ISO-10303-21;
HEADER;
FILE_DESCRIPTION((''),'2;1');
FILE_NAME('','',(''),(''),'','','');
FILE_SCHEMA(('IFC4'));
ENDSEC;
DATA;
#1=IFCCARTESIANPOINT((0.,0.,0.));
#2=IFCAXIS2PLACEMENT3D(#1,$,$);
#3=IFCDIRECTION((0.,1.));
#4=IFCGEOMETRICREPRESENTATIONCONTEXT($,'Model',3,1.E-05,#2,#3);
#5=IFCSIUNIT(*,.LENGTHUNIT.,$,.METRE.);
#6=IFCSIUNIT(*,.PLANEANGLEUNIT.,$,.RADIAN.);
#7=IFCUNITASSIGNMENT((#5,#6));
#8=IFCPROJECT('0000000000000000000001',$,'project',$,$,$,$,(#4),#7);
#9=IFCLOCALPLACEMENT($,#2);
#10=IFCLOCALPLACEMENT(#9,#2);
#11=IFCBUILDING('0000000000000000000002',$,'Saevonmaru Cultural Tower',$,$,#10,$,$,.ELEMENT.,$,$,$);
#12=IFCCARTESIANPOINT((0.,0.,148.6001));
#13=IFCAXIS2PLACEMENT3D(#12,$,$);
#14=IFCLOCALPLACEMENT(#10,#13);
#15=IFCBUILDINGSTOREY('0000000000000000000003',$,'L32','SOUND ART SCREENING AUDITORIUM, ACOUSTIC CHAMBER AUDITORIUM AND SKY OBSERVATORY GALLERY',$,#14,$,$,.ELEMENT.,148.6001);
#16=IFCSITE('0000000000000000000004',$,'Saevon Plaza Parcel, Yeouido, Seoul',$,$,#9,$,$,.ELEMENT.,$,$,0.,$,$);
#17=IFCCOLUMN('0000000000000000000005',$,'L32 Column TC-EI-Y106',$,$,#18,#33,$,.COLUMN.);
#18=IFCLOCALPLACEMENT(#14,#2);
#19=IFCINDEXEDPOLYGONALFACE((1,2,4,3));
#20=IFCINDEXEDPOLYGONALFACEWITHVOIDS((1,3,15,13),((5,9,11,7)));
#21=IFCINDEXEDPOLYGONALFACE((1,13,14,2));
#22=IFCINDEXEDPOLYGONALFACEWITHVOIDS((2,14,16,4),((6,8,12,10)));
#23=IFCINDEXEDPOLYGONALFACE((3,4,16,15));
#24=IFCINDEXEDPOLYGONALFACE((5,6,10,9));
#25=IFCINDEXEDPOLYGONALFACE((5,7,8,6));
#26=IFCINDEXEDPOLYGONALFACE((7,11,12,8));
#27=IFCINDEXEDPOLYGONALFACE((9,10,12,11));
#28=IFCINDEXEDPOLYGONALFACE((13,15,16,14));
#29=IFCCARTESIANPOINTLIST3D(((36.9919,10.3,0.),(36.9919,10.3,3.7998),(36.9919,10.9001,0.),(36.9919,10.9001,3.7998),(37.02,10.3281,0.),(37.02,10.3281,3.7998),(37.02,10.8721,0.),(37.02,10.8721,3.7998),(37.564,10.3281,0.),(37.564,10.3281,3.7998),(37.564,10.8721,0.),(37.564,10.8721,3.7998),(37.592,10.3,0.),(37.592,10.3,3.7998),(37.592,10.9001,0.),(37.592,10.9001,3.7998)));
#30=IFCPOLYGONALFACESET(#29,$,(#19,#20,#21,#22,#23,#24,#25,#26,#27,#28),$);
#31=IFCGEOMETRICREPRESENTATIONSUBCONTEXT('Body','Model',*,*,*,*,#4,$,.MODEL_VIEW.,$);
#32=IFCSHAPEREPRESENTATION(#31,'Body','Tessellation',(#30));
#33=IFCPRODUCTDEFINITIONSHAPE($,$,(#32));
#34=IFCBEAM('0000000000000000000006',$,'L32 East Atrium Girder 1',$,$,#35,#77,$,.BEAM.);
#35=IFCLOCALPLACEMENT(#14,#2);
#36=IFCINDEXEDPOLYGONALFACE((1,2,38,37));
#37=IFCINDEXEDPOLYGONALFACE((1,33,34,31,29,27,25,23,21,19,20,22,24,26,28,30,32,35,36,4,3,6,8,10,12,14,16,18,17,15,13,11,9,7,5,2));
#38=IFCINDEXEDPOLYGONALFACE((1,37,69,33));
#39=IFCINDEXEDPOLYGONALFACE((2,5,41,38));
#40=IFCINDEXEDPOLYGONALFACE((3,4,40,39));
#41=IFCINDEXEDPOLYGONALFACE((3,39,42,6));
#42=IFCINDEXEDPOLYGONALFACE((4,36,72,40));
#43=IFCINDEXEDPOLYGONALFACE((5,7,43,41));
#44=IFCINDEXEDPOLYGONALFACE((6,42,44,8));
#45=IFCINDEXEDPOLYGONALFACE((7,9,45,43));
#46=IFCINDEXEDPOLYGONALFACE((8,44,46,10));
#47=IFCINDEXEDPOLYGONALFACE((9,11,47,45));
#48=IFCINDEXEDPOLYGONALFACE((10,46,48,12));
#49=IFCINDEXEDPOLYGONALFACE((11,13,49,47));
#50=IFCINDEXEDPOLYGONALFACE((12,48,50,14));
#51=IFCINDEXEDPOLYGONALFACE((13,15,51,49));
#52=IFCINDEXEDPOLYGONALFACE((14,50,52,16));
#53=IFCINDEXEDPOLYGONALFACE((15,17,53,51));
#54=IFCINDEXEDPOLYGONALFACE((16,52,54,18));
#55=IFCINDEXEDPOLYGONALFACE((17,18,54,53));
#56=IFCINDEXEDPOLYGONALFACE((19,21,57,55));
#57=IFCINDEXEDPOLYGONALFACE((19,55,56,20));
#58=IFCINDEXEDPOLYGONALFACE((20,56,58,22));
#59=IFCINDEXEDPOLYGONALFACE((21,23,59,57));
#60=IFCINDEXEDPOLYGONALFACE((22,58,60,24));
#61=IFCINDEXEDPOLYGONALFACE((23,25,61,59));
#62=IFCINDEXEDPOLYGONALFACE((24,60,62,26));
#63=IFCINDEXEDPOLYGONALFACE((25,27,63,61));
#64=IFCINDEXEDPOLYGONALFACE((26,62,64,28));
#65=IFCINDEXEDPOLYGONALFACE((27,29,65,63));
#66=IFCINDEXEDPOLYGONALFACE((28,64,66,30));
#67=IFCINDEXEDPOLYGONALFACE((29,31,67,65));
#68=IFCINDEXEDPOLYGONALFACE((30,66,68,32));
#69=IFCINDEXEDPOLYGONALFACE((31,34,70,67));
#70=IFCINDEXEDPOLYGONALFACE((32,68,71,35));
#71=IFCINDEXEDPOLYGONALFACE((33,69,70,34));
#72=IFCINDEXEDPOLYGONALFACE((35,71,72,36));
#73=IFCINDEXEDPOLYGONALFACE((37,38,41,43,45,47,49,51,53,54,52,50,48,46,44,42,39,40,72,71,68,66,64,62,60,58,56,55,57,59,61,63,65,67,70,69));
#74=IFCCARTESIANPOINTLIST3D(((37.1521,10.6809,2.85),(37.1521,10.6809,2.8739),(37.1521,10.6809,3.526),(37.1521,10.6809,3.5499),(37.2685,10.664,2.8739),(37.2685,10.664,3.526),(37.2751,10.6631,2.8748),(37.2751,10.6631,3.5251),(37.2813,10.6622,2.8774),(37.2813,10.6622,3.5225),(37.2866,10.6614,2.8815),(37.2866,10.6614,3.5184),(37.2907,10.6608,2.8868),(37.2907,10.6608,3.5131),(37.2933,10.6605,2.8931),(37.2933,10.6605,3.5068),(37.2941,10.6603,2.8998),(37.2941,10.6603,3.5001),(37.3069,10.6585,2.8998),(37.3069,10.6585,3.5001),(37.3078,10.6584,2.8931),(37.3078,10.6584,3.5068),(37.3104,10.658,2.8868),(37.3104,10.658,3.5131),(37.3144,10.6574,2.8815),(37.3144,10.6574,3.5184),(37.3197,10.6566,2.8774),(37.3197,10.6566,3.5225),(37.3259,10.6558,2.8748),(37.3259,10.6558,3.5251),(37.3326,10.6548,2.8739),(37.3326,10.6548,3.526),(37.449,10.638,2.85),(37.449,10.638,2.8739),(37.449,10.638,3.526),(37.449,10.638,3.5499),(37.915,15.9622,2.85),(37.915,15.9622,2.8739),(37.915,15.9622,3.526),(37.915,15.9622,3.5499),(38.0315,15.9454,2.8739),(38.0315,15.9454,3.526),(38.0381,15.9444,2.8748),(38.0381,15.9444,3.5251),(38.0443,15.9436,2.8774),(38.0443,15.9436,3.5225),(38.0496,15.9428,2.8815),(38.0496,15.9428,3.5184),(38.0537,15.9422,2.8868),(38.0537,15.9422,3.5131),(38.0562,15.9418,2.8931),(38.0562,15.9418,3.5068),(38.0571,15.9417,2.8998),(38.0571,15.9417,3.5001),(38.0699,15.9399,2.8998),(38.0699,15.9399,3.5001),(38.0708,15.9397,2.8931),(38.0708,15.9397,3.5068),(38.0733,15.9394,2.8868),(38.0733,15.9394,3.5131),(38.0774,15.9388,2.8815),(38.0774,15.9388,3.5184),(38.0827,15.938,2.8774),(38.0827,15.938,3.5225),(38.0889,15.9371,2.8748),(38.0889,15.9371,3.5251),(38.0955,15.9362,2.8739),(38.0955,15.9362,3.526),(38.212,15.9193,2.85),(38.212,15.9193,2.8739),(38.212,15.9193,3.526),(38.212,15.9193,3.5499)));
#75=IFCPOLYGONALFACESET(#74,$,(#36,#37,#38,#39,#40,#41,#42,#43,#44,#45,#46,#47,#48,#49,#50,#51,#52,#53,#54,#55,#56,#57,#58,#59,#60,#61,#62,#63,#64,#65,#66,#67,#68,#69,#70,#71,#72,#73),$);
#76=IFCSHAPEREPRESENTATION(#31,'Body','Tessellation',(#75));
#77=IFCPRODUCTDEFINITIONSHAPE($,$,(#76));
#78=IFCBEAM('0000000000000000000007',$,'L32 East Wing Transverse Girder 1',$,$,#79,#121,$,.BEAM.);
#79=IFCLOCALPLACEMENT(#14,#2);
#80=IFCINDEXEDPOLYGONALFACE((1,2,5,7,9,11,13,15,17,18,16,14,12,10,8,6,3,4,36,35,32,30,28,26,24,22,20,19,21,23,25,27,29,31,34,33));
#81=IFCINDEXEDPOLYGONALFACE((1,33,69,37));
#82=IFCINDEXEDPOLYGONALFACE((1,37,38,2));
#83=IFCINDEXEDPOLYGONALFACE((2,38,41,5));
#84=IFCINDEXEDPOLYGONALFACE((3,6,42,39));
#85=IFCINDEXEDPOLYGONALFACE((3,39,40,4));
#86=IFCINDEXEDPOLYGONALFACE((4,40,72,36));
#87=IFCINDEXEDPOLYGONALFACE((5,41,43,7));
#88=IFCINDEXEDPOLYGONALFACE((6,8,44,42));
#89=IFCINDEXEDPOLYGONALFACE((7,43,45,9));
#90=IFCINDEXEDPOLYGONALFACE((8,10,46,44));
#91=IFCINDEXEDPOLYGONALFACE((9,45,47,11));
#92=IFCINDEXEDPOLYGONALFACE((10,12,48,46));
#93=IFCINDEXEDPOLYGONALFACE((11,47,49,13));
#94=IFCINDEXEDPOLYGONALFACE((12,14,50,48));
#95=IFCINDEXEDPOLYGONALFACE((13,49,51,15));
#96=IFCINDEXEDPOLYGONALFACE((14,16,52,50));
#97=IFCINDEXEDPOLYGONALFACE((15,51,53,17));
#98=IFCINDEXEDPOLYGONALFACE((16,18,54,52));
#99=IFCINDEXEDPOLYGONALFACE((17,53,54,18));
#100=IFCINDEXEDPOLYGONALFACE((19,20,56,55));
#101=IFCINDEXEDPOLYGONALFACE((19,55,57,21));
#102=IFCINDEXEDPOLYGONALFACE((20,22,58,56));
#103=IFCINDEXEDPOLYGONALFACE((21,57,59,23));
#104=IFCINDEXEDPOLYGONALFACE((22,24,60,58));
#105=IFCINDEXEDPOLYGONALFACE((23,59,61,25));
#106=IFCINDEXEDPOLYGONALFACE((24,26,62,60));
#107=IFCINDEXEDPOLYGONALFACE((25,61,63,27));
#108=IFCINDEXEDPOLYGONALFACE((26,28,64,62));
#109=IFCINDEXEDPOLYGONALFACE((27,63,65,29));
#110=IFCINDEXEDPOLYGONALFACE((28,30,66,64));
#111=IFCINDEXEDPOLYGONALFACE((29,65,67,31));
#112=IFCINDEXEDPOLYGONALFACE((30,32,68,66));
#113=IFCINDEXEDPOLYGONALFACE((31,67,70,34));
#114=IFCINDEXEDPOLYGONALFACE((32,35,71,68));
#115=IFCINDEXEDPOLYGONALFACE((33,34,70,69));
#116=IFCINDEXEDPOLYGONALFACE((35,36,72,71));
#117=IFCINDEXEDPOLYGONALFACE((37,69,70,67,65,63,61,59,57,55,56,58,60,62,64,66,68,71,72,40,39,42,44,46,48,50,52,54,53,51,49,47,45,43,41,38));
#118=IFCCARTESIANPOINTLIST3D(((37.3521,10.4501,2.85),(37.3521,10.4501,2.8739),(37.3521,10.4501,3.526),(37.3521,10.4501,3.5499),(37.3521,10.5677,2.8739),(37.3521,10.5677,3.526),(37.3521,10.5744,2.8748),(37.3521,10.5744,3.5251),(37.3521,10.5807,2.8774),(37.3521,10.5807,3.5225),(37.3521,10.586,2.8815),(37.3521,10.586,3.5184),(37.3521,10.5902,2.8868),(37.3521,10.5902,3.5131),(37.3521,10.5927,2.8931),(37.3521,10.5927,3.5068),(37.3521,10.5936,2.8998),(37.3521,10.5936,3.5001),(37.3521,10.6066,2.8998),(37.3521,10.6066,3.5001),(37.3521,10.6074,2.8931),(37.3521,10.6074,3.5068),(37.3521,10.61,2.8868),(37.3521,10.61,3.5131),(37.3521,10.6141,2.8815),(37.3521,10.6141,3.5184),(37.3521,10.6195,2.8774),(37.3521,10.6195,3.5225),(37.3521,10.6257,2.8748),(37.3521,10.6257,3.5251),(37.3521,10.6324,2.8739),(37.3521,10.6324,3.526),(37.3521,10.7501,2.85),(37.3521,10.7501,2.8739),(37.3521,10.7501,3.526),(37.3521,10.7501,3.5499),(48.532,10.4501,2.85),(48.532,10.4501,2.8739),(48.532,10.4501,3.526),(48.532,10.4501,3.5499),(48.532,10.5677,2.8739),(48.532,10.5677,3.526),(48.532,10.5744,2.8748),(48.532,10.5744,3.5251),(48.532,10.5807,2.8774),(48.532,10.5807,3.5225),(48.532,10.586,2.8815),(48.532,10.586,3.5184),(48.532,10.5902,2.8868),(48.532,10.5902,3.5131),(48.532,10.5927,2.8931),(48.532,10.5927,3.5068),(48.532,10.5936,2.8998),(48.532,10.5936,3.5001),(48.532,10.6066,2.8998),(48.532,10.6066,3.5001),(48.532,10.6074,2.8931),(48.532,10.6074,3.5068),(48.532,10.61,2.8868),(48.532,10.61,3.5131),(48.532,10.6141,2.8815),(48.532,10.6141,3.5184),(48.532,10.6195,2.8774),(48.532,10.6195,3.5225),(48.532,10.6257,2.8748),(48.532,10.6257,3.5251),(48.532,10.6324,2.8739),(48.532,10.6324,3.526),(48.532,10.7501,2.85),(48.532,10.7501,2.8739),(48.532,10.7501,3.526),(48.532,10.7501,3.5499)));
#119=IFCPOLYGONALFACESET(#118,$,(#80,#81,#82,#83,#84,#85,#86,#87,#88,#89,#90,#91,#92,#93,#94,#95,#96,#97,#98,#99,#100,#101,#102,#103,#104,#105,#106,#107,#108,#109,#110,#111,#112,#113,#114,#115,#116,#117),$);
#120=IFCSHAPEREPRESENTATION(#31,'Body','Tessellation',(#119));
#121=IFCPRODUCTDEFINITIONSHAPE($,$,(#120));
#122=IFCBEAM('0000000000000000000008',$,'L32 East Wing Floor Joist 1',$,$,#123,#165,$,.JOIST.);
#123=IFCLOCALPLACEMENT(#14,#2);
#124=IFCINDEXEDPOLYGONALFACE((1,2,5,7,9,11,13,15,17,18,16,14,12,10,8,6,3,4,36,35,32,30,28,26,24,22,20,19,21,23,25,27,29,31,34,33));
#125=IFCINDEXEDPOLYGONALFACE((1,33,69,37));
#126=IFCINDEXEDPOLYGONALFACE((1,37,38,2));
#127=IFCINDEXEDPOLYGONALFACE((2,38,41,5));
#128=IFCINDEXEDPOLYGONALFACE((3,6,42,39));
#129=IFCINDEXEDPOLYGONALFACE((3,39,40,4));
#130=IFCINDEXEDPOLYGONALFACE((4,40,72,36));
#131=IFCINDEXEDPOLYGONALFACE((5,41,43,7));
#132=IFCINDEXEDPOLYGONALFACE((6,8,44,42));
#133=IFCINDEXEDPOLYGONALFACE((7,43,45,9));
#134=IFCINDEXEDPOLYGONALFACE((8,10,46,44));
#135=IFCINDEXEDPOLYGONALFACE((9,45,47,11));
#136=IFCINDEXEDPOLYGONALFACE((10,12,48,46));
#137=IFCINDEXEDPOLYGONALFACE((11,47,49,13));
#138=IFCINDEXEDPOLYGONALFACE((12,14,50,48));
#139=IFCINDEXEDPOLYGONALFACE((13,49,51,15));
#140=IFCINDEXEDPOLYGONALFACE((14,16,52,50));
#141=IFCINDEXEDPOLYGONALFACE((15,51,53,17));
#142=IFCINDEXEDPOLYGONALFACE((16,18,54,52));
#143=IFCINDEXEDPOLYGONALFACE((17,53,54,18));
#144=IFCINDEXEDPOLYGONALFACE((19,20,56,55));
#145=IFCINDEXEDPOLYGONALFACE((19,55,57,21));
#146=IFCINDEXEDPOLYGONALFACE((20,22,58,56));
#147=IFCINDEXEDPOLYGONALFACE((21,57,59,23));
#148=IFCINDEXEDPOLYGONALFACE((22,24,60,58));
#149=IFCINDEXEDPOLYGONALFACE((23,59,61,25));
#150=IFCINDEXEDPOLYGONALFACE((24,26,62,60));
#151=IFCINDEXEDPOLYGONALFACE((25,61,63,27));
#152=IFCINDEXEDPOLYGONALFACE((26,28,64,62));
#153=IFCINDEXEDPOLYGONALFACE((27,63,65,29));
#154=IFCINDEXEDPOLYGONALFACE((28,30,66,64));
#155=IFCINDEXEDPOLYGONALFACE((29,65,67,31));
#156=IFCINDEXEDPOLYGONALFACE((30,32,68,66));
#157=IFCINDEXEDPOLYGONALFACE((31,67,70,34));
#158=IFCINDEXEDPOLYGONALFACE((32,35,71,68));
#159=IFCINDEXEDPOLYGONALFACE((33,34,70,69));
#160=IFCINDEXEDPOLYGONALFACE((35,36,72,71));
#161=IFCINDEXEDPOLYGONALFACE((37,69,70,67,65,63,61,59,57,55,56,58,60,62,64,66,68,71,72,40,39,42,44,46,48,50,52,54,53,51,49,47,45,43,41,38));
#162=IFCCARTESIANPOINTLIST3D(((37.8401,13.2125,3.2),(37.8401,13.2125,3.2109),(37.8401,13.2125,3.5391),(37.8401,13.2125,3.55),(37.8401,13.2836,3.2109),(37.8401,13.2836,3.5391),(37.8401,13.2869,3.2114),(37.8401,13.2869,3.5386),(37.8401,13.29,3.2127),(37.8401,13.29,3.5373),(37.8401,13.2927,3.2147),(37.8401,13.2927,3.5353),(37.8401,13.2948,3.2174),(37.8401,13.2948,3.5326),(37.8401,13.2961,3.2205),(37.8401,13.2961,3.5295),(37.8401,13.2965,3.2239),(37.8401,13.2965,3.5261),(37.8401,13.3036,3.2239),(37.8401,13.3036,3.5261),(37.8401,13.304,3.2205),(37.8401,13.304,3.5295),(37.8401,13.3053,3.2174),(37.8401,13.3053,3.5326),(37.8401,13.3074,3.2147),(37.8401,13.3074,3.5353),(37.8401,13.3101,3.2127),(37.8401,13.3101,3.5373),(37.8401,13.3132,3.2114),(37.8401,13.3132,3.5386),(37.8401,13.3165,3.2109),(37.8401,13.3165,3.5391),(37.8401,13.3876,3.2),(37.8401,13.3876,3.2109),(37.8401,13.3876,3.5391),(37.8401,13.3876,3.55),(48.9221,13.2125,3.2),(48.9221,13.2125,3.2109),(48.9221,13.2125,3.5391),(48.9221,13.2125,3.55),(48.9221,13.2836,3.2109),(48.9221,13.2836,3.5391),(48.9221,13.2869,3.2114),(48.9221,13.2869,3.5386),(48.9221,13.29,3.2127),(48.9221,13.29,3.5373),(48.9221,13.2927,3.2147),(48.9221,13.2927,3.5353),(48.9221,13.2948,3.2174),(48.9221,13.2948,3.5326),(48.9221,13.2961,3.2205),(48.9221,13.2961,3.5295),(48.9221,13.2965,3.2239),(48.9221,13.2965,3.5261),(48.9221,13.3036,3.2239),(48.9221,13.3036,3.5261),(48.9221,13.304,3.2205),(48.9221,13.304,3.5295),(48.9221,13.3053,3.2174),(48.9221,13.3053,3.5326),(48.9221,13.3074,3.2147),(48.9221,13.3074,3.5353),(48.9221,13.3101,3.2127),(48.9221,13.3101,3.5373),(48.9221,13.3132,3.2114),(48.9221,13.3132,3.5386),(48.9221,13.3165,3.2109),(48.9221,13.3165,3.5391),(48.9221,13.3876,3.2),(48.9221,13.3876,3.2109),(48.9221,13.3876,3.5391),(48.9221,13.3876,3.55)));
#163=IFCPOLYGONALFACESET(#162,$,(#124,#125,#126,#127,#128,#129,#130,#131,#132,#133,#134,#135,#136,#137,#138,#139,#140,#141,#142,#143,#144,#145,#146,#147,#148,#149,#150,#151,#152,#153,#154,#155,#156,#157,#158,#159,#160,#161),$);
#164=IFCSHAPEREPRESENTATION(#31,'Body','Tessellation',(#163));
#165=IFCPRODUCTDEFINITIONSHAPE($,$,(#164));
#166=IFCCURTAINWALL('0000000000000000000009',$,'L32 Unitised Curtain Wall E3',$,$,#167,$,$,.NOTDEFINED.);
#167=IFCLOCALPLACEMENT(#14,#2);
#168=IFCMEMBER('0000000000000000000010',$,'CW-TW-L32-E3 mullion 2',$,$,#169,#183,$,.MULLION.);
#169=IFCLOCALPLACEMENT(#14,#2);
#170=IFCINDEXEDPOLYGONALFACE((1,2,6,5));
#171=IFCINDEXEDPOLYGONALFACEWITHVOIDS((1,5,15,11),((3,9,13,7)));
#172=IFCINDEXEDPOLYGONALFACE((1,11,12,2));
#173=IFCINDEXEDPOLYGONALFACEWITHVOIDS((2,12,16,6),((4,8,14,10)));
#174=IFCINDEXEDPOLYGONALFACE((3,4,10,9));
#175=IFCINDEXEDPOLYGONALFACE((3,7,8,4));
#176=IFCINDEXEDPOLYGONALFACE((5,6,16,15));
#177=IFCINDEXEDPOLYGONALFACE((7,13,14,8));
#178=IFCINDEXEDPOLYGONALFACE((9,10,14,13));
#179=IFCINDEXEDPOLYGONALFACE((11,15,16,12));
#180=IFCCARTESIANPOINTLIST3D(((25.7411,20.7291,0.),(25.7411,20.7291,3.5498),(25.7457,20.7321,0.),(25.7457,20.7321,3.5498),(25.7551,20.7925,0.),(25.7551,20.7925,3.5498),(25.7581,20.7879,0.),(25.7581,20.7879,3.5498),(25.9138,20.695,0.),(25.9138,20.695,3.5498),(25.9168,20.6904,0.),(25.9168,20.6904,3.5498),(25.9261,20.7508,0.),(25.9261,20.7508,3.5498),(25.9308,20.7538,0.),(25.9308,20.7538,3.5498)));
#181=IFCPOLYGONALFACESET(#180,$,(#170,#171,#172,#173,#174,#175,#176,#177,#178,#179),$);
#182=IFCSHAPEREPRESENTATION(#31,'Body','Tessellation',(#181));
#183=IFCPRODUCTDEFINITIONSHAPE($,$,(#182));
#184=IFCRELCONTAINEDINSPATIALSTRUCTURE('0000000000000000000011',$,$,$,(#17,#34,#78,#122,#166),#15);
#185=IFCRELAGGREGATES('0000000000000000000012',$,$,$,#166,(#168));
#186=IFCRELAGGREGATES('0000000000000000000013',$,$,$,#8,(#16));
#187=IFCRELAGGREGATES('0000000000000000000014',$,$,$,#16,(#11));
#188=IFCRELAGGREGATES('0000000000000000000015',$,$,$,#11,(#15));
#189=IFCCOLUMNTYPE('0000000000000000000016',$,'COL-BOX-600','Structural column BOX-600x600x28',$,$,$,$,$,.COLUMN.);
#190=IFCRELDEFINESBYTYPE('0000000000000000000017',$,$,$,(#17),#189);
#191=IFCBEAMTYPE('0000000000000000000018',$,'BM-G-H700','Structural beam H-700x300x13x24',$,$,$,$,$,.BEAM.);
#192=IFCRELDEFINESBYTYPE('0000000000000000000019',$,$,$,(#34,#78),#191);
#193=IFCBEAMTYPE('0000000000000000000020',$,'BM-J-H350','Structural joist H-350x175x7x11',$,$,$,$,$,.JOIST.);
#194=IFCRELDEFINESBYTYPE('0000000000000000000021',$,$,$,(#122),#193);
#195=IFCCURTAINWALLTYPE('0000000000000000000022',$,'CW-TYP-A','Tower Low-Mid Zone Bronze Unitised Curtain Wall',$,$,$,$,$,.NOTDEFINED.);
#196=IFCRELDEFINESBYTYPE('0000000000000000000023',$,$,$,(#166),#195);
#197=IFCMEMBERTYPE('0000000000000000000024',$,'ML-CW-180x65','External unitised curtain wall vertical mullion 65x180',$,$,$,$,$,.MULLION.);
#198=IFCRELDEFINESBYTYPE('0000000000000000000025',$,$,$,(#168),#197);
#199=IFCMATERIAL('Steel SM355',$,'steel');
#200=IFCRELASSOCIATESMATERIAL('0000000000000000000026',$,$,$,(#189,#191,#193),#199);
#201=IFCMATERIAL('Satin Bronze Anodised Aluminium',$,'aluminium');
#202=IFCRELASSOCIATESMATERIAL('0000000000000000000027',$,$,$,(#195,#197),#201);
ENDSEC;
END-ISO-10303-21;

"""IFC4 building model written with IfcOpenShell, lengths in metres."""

from ifc_helpers import new_model, si_unit, direction, frame, origin, origin_2d, place, context, subcontext, project, spatial, hollow_rectangle, i_section, extrude, material, material_profile, profile_set, type_object, element, aggregate, save


model = new_model("IFC4")

# Units and contexts
model_context = context("Model", 3, precision=1e-05, world=origin(), true_north=direction((0.0, 1.0)))
body_context = subcontext(model_context, "Body", "Model", "MODEL_VIEW")
ifc_project = project(units=[si_unit("LENGTHUNIT", "METRE"), si_unit("PLANEANGLEUNIT", "RADIAN")], contexts=[model_context])

# Site, building, storey
site_placement = place(None, origin())
site = spatial("IfcSite", under=ifc_project, at=site_placement, Name="Saevon Plaza Parcel, Yeouido, Seoul", CompositionType="ELEMENT", RefElevation=0.0)
building_placement = place(site_placement, origin())
building = spatial("IfcBuilding", under=site, at=building_placement, Name="Saevonmaru Cultural Tower", CompositionType="ELEMENT")
storey_placement = place(building_placement, frame((0.0, 0.0, 148.6001)))
storey = spatial("IfcBuildingStorey", under=building, at=storey_placement, Name="L32", Description="SOUND ART SCREENING AUDITORIUM, ACOUSTIC CHAMBER AUDITORIUM AND SKY OBSERVATORY GALLERY", CompositionType="ELEMENT", Elevation=148.6001)

# Column
ifc_material_1 = material(Name="Steel SM355", Category="steel")
ifc_material_profile_1 = material_profile(ifc_material_1, hollow_rectangle(XDim=0.6001, YDim=0.6001, WallThickness=0.0281, at=origin_2d()), Name="BOX-600x600x28")
ifc_profile_set_1 = profile_set([ifc_material_profile_1], Name="Steel SM355")
column_type = type_object("IfcColumnType", Name="COL-BOX-600", Description="Structural column BOX-600x600x28", PredefinedType="COLUMN", material=ifc_profile_set_1)
column_placement = place(storey_placement, frame((37.292, 10.6001, 0.0), z_axis=(0.0, 0.0, 1.0), x_axis=(1.0, 0.0, 0.0)))
element("IfcColumn", 1, at=column_placement, inside=storey, type_object=column_type, Name="L32 Column TC-EI-Y106", PredefinedType="COLUMN", context=body_context, shape_type="SweptSolid", body=[
    extrude(hollow_rectangle(XDim=0.6001, YDim=0.6001, WallThickness=0.0281, at=origin_2d()), origin(), (0.0, 0.0, 1.0), 3.7998),
])

# Beams
ifc_material_profile_2 = material_profile(ifc_material_1, i_section(OverallWidth=0.3, OverallDepth=0.7, WebThickness=0.0129, FlangeThickness=0.0239, FilletRadius=0.0259, at=origin_2d()), Name="H-700x300x13x24")
ifc_profile_set_2 = profile_set([ifc_material_profile_2], Name="Steel SM355")
beam_type_1 = type_object("IfcBeamType", Name="BM-G-H700", Description="Structural beam H-700x300x13x24", PredefinedType="BEAM", material=ifc_profile_set_2)
beam_1_placement = place(storey_placement, frame((37.3005, 10.6594, 3.2), z_axis=(0.142978, 0.989726, 0.0), x_axis=(-0.989726, 0.142978, 0.0)))
element("IfcBeam", 2, at=beam_1_placement, inside=storey, type_object=beam_type_1, Name="L32 East Atrium Girder 1", PredefinedType="BEAM", context=body_context, shape_type="SweptSolid", body=[
    extrude(i_section(OverallWidth=0.3, OverallDepth=0.7, WebThickness=0.0129, FlangeThickness=0.0239, FilletRadius=0.0259, at=origin_2d()), origin(), (0.0, 0.0, 1.0), 5.3362),
])
beam_2_placement = place(storey_placement, frame((37.3521, 10.6001, 3.2), z_axis=(1.0, 0.0, 0.0), x_axis=(0.0, 1.0, 0.0)))
element("IfcBeam", 3, at=beam_2_placement, inside=storey, type_object=beam_type_1, Name="L32 East Wing Transverse Girder 1", PredefinedType="BEAM", context=body_context, shape_type="SweptSolid", body=[
    extrude(i_section(OverallWidth=0.3, OverallDepth=0.7, WebThickness=0.0129, FlangeThickness=0.0239, FilletRadius=0.0259, at=origin_2d()), origin(), (0.0, 0.0, 1.0), 11.1799),
])
ifc_material_profile_3 = material_profile(ifc_material_1, i_section(OverallWidth=0.175, OverallDepth=0.3501, WebThickness=0.0071, FlangeThickness=0.011, FilletRadius=0.0129, at=origin_2d()), Name="H-350x175x7x11")
ifc_profile_set_3 = profile_set([ifc_material_profile_3], Name="Steel SM355")
beam_type_2 = type_object("IfcBeamType", Name="BM-J-H350", Description="Structural joist H-350x175x7x11", PredefinedType="JOIST", material=ifc_profile_set_3)
beam_3_placement = place(storey_placement, frame((37.8401, 13.3, 3.375), z_axis=(1.0, 0.0, 0.0), x_axis=(0.0, 1.0, 0.0)))
element("IfcBeam", 4, at=beam_3_placement, inside=storey, type_object=beam_type_2, Name="L32 East Wing Floor Joist 1", PredefinedType="JOIST", context=body_context, shape_type="SweptSolid", body=[
    extrude(i_section(OverallWidth=0.175, OverallDepth=0.3501, WebThickness=0.0071, FlangeThickness=0.011, FilletRadius=0.0129, at=origin_2d()), origin(), (0.0, 0.0, 1.0), 11.082),
])

# Curtain wall, member
ifc_material_2 = material(Name="Satin Bronze Anodised Aluminium", Category="aluminium")
curtain_wall_type_1 = type_object("IfcCurtainWallType", Name="CW-TYP-A", Description="Tower Low-Mid Zone Bronze Unitised Curtain Wall", PredefinedType="NOTDEFINED", material=ifc_material_2)
curtain_wall_1_placement = place(storey_placement, origin())
curtain_wall_1 = element("IfcCurtainWall", 5, at=curtain_wall_1_placement, inside=storey, type_object=curtain_wall_type_1, Name="L32 Unitised Curtain Wall E3", PredefinedType="NOTDEFINED")
ifc_material_profile_4 = material_profile(ifc_material_2, hollow_rectangle(XDim=0.0649, YDim=0.1799, WallThickness=0.0039, at=origin_2d()), Name="ALU-MULL-180x65x4")
ifc_profile_set_4 = profile_set([ifc_material_profile_4], Name="Satin Bronze Anodised Aluminium")
member_type_1 = type_object("IfcMemberType", Name="ML-CW-180x65", Description="External unitised curtain wall vertical mullion 65x180", PredefinedType="MULLION", material=ifc_profile_set_4)
member_1_placement = place(storey_placement, frame((25.8359, 20.7415, 0.0), z_axis=(0.0, 0.0, 1.0), x_axis=(0.215413, 0.976523, 0.0)))
member_1 = element("IfcMember", 6, at=member_1_placement, type_object=member_type_1, Name="CW-TW-L32-E3 mullion 2", PredefinedType="MULLION", context=body_context, shape_type="SweptSolid", body=[
    extrude(hollow_rectangle(XDim=0.0649, YDim=0.1799, WallThickness=0.0039, at=origin_2d()), origin(), (0.0, 0.0, 1.0), 3.5498),
])

aggregate(curtain_wall_1, [member_1])

save(model, "model.ifc")
